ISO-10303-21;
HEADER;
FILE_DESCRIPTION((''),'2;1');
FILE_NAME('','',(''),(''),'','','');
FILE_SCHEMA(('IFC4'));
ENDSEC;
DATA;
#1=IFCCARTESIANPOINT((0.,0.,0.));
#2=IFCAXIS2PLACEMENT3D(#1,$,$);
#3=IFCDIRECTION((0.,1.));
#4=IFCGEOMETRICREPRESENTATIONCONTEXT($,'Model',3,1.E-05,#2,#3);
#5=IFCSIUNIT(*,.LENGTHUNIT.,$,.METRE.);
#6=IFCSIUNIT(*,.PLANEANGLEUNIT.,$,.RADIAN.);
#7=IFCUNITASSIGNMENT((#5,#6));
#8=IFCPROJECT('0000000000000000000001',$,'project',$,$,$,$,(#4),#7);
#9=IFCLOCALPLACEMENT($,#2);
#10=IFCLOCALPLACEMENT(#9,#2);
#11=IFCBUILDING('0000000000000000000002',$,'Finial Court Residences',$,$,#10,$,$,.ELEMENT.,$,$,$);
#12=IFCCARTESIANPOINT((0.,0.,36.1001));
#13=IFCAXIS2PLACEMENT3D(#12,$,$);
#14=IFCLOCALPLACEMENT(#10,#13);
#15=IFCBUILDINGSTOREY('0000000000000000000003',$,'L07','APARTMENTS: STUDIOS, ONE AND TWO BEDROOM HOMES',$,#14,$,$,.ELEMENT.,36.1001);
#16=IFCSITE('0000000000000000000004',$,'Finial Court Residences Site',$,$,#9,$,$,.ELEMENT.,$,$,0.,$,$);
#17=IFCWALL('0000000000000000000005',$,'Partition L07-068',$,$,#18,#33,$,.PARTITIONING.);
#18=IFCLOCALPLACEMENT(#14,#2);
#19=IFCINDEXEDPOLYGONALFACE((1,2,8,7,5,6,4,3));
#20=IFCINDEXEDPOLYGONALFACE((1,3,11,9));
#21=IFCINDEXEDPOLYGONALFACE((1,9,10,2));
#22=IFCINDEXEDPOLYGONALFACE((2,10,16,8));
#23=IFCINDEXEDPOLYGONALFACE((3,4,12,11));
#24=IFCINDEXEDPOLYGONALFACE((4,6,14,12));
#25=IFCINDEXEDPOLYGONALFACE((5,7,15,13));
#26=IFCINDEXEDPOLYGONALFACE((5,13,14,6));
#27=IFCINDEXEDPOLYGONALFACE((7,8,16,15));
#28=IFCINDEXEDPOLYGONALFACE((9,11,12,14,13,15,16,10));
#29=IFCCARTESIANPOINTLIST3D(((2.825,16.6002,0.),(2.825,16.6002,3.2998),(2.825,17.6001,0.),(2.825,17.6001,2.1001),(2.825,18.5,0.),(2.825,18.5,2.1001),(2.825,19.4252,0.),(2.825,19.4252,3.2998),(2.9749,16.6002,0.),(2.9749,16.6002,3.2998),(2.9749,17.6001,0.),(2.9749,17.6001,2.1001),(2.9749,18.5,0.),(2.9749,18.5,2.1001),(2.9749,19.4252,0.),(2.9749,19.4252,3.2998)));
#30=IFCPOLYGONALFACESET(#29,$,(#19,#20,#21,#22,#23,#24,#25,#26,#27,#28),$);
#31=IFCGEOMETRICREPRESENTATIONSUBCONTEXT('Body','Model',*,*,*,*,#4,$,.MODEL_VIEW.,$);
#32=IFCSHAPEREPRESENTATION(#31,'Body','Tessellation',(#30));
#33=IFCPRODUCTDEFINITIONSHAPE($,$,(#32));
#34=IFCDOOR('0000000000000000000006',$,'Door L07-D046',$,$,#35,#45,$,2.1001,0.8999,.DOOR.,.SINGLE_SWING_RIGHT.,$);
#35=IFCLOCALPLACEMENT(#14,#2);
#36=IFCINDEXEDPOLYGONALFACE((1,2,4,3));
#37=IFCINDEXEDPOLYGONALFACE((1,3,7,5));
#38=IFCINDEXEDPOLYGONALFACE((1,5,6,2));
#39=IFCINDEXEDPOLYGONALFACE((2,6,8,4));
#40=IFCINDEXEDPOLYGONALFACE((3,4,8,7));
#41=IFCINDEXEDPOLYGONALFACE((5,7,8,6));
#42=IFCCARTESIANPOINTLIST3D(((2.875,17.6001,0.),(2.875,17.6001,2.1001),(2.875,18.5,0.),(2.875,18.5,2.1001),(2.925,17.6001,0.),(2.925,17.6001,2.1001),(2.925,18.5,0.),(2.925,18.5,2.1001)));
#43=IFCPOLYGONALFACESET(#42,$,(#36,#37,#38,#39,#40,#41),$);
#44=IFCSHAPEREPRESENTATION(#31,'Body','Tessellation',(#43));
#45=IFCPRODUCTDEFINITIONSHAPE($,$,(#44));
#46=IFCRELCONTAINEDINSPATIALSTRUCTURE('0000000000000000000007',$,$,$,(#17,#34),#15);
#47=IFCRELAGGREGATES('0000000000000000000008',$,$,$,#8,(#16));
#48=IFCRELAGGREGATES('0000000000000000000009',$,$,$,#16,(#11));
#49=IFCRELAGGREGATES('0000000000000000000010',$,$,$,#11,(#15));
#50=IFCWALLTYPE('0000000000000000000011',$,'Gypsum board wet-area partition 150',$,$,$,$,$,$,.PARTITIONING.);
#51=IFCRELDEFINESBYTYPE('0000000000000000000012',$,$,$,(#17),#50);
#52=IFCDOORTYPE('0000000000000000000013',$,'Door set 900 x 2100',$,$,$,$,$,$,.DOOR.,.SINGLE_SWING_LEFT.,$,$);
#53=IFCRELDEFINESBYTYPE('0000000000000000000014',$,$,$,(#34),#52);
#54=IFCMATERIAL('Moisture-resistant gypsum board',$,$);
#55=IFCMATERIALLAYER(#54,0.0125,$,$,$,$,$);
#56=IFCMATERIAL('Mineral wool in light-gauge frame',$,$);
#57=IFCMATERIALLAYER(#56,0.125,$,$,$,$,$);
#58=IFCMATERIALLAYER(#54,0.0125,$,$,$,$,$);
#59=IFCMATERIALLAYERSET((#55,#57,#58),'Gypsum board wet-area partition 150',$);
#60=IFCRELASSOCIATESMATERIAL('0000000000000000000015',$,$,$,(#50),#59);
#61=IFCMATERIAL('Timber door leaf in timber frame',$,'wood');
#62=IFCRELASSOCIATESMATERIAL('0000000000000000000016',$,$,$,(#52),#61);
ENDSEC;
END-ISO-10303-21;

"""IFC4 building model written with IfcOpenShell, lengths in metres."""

from ifc_helpers import new_model, si_unit, direction, frame, frame_2d, origin, place, context, subcontext, project, spatial, rectangle, extrude, material, layer, layer_set, type_object, element, fill, save


model = new_model("IFC4")

# Units and contexts
model_context = context("Model", 3, precision=1e-05, world=origin(), true_north=direction((0.0, 1.0)))
body_context = subcontext(model_context, "Body", "Model", "MODEL_VIEW")
ifc_project = project(units=[si_unit("LENGTHUNIT", "METRE"), si_unit("PLANEANGLEUNIT", "RADIAN")], contexts=[model_context])

# Site, building, storey
site_placement = place(None, origin())
site = spatial("IfcSite", under=ifc_project, at=site_placement, Name="Finial Court Residences Site", CompositionType="ELEMENT", RefElevation=0.0)
building_placement = place(site_placement, origin())
building = spatial("IfcBuilding", under=site, at=building_placement, Name="Finial Court Residences", CompositionType="ELEMENT")
storey_placement = place(building_placement, frame((0.0, 0.0, 36.1001)))
storey = spatial("IfcBuildingStorey", under=building, at=storey_placement, Name="L07", Description="APARTMENTS: STUDIOS, ONE AND TWO BEDROOM HOMES", CompositionType="ELEMENT", Elevation=36.1001)

# Shared definitions
ifc_material_1 = material(Name="Mineral wool in light-gauge frame")

# Wall, opening, door
ifc_material_2 = material(Name="Moisture-resistant gypsum board")
ifc_layer_1 = layer(ifc_material_2, 0.0125)
ifc_layer_2 = layer(ifc_material_1, 0.125)
ifc_layer_3 = layer(ifc_material_2, 0.0125)
ifc_layer_set_1 = layer_set([ifc_layer_1, ifc_layer_2, ifc_layer_3], Name="Gypsum board wet-area partition 150")
wall_type_1 = type_object("IfcWallType", Name="Gypsum board wet-area partition 150", PredefinedType="PARTITIONING", material=ifc_layer_set_1)
ifc_material_3 = material(Name="Timber door leaf in timber frame", Category="wood")
door_type = type_object("IfcDoorType", Name="Door set 900 x 2100", OperationType="SINGLE_SWING_LEFT", PredefinedType="DOOR", material=ifc_material_3)
wall_1_placement = place(storey_placement, frame((2.8999, 16.6001, 0.0), z_axis=(0.0, 0.0, 1.0), x_axis=(0.0, 1.0, 0.0)))
wall_1 = element("IfcWall", 1, at=wall_1_placement, inside=storey, type_object=wall_type_1, Name="Partition L07-068", PredefinedType="PARTITIONING", context=body_context, shape_type="SweptSolid", body=[
    extrude(rectangle(XDim=2.825, YDim=0.1499, at=frame_2d((1.4126, 0.0))), origin(), (0.0, 0.0, 1.0), 3.2998),
])
opening_1_placement = place(wall_1_placement, frame((1.0, 0.0, 0.0)))
opening_1 = element("IfcOpeningElement", 2, at=opening_1_placement, cuts=wall_1, PredefinedType="OPENING", context=body_context, shape_type="SweptSolid", body=[
    extrude(rectangle(XDim=0.8999, YDim=2.1001, at=frame_2d((0.45, 1.05))), frame((0.0, 0.085, 0.0), z_axis=(0.0, -1.0, 0.0), x_axis=(1.0, 0.0, 0.0)), (0.0, 0.0, 1.0), 0.1699),
])
door_1_placement = place(opening_1_placement, origin())
door_1 = element("IfcDoor", 3, at=door_1_placement, inside=storey, type_object=door_type, Name="Door L07-D046", OperationType="SINGLE_SWING_RIGHT", OverallHeight=2.1001, OverallWidth=0.8999, PredefinedType="DOOR", context=body_context, shape_type="SweptSolid", body=[
    extrude(rectangle(XDim=0.8999, YDim=2.1001, at=frame_2d((0.45, 1.05))), frame((0.0, 0.0249, 0.0), z_axis=(0.0, -1.0, 0.0), x_axis=(1.0, 0.0, 0.0)), (0.0, 0.0, 1.0), 0.05),
])
fill(opening_1, door_1)

save(model, "model.ifc")
